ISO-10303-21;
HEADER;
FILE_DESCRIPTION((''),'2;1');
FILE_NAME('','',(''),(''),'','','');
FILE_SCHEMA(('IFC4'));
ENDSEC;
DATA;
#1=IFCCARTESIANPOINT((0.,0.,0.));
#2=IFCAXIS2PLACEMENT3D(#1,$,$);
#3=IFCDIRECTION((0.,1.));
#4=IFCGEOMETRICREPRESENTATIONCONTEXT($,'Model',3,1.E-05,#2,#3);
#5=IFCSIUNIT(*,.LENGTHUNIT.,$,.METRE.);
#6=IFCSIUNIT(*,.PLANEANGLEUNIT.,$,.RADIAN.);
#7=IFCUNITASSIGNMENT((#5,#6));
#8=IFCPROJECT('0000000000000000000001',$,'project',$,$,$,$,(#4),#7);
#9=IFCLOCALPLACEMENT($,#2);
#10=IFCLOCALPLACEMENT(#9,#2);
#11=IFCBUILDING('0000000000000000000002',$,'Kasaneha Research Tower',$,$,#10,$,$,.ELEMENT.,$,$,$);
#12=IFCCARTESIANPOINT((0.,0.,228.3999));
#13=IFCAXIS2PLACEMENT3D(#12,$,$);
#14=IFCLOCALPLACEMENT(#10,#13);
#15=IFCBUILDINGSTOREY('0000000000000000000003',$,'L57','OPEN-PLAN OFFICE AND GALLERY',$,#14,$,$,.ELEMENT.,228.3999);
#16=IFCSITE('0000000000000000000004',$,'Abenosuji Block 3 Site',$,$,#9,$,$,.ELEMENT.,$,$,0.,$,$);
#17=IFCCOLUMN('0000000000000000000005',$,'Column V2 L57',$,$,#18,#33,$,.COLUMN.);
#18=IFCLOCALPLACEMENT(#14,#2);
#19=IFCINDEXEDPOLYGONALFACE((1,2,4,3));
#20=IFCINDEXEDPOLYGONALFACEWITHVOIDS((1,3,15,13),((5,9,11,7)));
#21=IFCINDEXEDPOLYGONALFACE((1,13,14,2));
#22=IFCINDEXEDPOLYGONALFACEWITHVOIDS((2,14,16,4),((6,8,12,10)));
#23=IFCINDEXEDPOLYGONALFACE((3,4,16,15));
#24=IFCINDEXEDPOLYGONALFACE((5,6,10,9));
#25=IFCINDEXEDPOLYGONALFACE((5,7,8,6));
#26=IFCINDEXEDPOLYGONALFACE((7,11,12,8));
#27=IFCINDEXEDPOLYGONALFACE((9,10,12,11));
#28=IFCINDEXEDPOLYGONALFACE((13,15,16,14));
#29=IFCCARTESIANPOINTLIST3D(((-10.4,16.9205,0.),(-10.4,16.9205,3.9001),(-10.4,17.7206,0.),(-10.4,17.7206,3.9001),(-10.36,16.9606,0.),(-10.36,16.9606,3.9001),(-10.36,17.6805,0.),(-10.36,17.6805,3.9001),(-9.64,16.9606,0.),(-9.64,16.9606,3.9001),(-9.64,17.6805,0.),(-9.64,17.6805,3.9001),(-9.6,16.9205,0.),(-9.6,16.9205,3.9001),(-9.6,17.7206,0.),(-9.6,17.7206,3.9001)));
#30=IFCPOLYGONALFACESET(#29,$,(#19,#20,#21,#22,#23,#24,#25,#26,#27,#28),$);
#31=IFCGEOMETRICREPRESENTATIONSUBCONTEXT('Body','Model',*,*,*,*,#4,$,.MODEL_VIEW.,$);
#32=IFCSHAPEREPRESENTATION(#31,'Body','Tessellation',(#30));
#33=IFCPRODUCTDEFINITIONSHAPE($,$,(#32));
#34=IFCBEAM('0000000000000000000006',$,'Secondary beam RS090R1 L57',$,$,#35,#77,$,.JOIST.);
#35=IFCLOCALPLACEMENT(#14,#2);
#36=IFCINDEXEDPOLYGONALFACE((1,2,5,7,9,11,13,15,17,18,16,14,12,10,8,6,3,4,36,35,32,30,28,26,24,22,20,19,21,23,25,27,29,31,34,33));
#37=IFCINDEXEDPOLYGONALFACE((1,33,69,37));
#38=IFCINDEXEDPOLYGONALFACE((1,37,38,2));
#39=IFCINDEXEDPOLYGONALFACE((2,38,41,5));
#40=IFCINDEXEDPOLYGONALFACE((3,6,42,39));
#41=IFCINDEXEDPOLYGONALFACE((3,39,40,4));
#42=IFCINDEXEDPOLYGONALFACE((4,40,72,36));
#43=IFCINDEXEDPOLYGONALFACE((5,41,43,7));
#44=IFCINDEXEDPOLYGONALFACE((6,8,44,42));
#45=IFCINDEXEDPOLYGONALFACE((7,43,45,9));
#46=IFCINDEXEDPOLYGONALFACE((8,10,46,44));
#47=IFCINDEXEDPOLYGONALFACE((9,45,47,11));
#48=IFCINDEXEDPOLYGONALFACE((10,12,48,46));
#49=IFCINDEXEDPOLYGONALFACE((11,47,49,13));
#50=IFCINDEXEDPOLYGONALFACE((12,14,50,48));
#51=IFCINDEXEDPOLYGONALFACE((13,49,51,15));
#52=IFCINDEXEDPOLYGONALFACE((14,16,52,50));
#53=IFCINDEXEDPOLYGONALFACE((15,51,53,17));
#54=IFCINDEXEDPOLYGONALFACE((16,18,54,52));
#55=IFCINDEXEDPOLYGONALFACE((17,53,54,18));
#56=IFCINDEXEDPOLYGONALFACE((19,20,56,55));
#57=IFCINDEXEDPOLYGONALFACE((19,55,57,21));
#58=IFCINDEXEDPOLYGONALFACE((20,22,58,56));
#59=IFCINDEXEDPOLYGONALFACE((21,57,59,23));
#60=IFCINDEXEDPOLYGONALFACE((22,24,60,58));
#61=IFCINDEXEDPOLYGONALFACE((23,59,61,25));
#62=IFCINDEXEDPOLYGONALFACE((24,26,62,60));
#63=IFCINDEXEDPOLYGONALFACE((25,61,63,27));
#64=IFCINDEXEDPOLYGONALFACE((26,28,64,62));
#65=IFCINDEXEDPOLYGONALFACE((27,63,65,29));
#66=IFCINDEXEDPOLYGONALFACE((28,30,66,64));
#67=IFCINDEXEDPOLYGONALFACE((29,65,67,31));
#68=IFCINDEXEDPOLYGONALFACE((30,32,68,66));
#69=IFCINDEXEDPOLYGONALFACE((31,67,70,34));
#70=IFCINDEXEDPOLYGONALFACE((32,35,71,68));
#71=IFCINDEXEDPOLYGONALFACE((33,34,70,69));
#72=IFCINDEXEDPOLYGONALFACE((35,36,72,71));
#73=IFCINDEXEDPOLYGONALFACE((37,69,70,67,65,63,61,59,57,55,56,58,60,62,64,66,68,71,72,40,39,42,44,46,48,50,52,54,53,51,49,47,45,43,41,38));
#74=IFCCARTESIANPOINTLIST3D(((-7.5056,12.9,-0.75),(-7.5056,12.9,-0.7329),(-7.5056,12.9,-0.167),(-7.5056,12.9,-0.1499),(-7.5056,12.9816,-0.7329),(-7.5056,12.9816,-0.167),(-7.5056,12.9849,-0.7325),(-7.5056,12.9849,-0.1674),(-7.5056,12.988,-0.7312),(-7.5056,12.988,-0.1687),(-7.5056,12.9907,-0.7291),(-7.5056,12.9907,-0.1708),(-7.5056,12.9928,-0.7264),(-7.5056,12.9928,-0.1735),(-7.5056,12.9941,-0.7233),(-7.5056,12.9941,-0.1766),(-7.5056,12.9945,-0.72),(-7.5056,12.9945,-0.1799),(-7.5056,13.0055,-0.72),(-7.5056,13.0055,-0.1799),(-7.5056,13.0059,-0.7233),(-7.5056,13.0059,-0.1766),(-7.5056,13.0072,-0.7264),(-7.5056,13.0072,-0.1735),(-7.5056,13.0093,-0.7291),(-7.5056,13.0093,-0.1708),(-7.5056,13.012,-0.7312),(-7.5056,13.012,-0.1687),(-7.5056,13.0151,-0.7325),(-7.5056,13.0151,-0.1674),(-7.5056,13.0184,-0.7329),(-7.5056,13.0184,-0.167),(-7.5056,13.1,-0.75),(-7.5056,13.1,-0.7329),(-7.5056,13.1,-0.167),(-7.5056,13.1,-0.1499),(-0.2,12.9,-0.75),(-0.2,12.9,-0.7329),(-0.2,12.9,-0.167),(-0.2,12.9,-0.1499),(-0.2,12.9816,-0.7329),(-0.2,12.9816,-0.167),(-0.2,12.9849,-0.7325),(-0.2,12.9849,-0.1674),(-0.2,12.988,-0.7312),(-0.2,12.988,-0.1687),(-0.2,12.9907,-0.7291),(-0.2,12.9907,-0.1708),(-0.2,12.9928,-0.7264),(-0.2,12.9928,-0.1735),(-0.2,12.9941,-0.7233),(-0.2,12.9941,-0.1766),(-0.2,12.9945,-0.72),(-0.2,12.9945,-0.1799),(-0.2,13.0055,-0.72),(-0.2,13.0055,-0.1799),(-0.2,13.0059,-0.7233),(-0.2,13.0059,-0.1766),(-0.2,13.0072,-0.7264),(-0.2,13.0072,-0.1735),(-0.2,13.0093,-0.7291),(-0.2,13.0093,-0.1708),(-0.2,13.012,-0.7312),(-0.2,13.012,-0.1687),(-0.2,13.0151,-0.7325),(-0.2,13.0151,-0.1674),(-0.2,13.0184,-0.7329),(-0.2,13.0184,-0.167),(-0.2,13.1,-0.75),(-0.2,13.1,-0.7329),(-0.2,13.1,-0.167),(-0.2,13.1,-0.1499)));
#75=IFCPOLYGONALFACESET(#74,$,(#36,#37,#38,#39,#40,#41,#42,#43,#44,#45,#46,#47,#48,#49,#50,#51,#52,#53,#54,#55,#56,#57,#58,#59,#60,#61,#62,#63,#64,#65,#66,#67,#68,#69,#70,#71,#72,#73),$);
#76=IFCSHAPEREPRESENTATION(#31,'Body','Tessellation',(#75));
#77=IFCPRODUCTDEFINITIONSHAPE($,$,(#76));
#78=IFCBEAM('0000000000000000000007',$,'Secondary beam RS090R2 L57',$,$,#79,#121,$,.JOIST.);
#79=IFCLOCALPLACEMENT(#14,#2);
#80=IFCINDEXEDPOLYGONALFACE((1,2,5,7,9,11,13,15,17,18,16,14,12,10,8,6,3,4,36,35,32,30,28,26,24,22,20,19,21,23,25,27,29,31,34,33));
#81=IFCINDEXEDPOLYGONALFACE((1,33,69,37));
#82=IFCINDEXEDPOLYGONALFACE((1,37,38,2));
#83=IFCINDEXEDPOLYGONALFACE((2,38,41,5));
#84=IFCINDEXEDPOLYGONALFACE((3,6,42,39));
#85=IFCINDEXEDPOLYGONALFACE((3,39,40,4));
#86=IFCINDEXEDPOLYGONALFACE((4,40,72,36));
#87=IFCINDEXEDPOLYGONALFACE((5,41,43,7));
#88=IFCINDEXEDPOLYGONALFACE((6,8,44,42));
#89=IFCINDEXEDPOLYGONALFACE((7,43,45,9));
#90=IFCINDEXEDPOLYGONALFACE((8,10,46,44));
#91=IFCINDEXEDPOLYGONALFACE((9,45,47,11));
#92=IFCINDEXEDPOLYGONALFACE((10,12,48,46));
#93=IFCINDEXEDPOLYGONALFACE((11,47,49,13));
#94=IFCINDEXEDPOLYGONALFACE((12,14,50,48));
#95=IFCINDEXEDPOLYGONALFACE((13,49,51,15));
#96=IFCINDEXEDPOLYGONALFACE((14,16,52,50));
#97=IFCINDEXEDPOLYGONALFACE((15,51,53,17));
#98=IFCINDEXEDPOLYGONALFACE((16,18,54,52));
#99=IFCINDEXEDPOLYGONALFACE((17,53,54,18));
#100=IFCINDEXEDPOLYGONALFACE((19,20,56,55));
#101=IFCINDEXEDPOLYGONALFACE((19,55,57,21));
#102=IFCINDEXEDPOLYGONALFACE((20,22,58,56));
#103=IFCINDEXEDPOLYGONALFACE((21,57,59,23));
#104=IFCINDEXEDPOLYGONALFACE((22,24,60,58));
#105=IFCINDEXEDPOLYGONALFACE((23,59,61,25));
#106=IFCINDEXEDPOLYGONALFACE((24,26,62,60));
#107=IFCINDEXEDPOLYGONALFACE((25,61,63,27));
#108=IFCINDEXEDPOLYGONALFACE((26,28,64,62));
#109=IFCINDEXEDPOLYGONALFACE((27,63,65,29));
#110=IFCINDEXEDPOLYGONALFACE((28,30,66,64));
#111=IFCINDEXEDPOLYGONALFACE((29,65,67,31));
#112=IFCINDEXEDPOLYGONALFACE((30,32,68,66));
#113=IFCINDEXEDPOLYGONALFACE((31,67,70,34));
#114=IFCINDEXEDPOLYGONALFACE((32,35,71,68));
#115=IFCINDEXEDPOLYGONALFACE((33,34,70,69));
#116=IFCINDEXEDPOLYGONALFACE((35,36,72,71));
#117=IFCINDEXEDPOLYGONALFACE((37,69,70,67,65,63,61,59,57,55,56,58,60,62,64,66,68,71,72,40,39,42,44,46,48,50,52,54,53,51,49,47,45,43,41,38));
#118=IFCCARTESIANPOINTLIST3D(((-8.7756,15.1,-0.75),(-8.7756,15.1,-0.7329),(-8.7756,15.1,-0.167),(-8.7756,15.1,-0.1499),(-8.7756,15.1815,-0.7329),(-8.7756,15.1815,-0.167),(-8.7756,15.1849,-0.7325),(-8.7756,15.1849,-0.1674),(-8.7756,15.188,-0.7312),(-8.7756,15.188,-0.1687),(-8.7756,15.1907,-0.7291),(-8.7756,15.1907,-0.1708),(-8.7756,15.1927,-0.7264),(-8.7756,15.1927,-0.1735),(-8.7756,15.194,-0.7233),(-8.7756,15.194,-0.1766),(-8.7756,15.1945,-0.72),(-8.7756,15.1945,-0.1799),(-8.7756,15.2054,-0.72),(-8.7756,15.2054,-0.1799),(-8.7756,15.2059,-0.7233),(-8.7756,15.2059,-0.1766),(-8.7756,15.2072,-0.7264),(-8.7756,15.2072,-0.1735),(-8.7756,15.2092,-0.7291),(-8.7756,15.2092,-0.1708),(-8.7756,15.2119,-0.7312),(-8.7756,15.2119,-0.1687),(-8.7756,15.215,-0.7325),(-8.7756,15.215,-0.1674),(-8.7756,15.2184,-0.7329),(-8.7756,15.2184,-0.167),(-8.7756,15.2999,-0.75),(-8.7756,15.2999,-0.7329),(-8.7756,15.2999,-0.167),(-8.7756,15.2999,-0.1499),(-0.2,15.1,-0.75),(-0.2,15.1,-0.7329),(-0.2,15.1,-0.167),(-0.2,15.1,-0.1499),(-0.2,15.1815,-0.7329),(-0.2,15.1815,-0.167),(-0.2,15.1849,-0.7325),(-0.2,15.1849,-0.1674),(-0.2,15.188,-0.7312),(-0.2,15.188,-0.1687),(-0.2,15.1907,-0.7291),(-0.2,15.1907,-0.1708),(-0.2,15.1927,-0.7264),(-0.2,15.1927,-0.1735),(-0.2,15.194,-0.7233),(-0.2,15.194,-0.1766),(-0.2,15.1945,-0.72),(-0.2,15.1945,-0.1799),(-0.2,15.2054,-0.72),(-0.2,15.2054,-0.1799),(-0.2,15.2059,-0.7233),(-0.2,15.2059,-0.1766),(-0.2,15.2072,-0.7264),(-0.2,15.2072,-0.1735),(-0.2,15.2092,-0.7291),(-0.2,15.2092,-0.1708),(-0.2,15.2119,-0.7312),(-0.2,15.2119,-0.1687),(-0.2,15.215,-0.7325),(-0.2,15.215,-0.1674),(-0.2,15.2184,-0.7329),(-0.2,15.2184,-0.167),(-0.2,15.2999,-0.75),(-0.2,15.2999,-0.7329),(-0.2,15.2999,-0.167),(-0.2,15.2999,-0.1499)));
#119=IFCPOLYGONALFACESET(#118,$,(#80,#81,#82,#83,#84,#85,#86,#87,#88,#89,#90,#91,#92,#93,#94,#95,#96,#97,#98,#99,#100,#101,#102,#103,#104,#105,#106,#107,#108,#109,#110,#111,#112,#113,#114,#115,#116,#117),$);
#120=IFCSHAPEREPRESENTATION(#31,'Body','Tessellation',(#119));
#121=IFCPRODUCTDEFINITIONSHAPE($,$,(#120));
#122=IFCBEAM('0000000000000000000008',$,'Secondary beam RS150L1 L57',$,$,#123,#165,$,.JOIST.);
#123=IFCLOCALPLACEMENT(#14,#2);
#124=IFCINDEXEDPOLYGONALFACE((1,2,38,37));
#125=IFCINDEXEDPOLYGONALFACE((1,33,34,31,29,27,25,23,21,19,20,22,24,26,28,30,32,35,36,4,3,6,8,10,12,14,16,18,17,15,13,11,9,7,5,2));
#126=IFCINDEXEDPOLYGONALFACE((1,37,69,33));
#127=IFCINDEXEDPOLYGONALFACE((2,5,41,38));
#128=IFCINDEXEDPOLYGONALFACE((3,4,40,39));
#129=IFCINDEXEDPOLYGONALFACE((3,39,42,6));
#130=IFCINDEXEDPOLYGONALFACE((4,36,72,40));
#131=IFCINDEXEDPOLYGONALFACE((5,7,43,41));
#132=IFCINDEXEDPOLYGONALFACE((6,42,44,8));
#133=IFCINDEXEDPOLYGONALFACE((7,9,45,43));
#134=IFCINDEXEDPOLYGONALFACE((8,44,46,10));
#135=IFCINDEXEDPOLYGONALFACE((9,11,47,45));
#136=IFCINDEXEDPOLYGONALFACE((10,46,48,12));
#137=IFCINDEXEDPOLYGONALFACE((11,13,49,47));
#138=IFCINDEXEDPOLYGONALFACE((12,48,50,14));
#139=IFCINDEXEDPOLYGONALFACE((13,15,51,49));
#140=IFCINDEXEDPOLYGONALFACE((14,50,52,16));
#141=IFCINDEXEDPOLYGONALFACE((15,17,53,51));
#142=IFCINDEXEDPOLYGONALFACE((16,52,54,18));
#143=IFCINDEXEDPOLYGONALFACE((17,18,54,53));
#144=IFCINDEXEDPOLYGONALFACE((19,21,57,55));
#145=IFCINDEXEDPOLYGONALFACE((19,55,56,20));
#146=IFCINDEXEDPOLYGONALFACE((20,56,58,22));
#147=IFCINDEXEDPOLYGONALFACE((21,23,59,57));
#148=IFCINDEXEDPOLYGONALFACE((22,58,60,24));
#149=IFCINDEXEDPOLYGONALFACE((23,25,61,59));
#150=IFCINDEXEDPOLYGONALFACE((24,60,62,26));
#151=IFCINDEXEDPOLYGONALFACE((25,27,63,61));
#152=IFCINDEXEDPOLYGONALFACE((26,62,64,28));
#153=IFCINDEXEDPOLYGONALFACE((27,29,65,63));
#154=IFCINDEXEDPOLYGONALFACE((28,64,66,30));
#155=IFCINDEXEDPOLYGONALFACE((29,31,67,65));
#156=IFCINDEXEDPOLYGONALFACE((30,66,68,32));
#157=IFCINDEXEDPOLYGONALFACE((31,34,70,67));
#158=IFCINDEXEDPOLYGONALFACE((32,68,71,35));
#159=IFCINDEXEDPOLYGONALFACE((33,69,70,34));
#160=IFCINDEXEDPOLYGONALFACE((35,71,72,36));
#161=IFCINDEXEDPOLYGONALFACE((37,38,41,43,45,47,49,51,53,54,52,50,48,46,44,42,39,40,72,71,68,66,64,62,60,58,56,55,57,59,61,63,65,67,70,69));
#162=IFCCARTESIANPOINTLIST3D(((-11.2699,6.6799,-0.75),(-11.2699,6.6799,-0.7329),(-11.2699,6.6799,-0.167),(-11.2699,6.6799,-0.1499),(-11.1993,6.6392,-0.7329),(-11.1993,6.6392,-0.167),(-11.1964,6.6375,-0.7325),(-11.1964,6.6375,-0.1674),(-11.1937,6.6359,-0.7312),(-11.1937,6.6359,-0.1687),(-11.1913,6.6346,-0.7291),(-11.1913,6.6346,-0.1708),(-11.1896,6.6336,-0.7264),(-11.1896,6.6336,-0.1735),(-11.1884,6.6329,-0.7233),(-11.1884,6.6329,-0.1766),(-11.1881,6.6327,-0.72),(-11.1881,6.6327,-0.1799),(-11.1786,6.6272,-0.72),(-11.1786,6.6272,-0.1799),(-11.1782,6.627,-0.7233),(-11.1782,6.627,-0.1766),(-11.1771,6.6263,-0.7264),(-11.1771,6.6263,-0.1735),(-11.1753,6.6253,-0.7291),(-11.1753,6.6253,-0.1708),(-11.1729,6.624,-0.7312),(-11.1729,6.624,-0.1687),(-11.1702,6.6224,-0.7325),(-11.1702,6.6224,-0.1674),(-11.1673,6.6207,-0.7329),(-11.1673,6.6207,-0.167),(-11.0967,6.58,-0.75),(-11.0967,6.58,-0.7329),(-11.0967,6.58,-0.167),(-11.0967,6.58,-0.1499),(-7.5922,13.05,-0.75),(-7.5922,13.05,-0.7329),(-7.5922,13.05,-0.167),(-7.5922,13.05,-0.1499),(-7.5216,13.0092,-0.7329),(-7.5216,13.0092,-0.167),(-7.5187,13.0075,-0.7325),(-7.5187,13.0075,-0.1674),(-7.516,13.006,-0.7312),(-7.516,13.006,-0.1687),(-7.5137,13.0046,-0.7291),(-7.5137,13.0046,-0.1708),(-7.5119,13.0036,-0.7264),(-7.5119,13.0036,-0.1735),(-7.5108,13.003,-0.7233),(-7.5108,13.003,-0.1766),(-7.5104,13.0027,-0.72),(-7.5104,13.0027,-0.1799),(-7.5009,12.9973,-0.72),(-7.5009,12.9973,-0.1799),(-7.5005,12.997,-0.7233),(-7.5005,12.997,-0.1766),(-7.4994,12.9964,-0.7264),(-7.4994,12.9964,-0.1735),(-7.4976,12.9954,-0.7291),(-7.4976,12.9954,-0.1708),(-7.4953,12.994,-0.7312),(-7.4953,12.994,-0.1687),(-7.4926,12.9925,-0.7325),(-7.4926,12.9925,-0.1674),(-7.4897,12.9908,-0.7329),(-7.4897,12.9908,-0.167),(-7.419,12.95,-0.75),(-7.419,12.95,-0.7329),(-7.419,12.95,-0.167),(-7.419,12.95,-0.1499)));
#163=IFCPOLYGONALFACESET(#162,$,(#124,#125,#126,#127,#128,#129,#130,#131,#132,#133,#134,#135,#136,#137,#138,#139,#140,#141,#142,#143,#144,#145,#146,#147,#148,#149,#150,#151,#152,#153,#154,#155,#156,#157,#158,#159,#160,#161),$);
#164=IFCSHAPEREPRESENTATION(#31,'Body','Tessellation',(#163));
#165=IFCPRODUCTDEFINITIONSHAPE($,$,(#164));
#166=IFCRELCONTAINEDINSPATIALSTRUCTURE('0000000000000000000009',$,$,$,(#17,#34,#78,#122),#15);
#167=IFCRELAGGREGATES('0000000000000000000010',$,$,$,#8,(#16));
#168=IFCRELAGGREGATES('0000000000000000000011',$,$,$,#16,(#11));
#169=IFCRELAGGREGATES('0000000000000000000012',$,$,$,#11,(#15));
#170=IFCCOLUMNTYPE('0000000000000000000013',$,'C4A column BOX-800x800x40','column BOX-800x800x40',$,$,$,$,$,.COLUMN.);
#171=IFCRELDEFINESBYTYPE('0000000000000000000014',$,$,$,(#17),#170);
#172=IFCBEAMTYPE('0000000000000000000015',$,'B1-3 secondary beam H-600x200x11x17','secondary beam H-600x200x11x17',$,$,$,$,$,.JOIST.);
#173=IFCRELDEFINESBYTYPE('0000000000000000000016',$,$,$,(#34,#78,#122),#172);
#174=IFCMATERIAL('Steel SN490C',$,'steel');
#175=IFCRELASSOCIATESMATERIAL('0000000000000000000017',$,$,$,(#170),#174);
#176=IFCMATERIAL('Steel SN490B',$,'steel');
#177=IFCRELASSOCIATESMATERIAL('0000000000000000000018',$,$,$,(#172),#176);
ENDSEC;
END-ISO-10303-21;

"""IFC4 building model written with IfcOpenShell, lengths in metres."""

from ifc_helpers import new_model, si_unit, direction, frame, origin, origin_2d, place, context, subcontext, project, spatial, hollow_rectangle, i_section, extrude, material, material_profile, profile_set, type_object, element, save


model = new_model("IFC4")

# Units and contexts
model_context = context("Model", 3, precision=1e-05, world=origin(), true_north=direction((0.0, 1.0)))
body_context = subcontext(model_context, "Body", "Model", "MODEL_VIEW")
ifc_project = project(units=[si_unit("LENGTHUNIT", "METRE"), si_unit("PLANEANGLEUNIT", "RADIAN")], contexts=[model_context])

# Site, building, storey
site_placement = place(None, origin())
site = spatial("IfcSite", under=ifc_project, at=site_placement, Name="Abenosuji Block 3 Site", CompositionType="ELEMENT", RefElevation=0.0)
building_placement = place(site_placement, origin())
building = spatial("IfcBuilding", under=site, at=building_placement, Name="Kasaneha Research Tower", CompositionType="ELEMENT")
storey_placement = place(building_placement, frame((0.0, 0.0, 228.3999)))
storey = spatial("IfcBuildingStorey", under=building, at=storey_placement, Name="L57", Description="OPEN-PLAN OFFICE AND GALLERY", CompositionType="ELEMENT", Elevation=228.3999)

# Column
ifc_material_1 = material(Name="Steel SN490C", Category="steel")
ifc_material_profile_1 = material_profile(ifc_material_1, hollow_rectangle(XDim=0.8, YDim=0.8, WallThickness=0.04, at=origin_2d()), Name="BOX-800x800x40")
ifc_profile_set_1 = profile_set([ifc_material_profile_1], Name="Steel SN490C")
column_type = type_object("IfcColumnType", Name="C4A column BOX-800x800x40", Description="column BOX-800x800x40", PredefinedType="COLUMN", material=ifc_profile_set_1)
column_placement = place(storey_placement, frame((-10.0, 17.3206, 0.0), z_axis=(0.0, 0.0, 1.0), x_axis=(1.0, 0.0, 0.0)))
element("IfcColumn", 1, at=column_placement, inside=storey, type_object=column_type, Name="Column V2 L57", PredefinedType="COLUMN", context=body_context, shape_type="SweptSolid", body=[
    extrude(hollow_rectangle(XDim=0.8, YDim=0.8, WallThickness=0.04, at=origin_2d()), origin(), (0.0, 0.0, 1.0), 3.9001),
])

# Beams
ifc_material_2 = material(Name="Steel SN490B", Category="steel")
ifc_material_profile_2 = material_profile(ifc_material_2, i_section(OverallWidth=0.2, OverallDepth=0.6001, WebThickness=0.011, FlangeThickness=0.0171, FilletRadius=0.0129, at=origin_2d()), Name="H-600x200x11x17")
ifc_profile_set_2 = profile_set([ifc_material_profile_2], Name="Steel SN490B")
beam_type_1 = type_object("IfcBeamType", Name="B1-3 secondary beam H-600x200x11x17", Description="secondary beam H-600x200x11x17", PredefinedType="JOIST", material=ifc_profile_set_2)
beam_1_placement = place(storey_placement, frame((-7.5056, 13.0, -0.45), z_axis=(1.0, 0.0, 0.0), x_axis=(0.0, 1.0, 0.0)))
element("IfcBeam", 2, at=beam_1_placement, inside=storey, type_object=beam_type_1, Name="Secondary beam RS090R1 L57", PredefinedType="JOIST", context=body_context, shape_type="SweptSolid", body=[
    extrude(i_section(OverallWidth=0.2, OverallDepth=0.6001, WebThickness=0.011, FlangeThickness=0.0171, FilletRadius=0.0129, at=origin_2d()), origin(), (0.0, 0.0, 1.0), 7.3057),
])
beam_2_placement = place(storey_placement, frame((-8.7756, 15.2, -0.45), z_axis=(1.0, 0.0, 0.0), x_axis=(0.0, 1.0, 0.0)))
element("IfcBeam", 3, at=beam_2_placement, inside=storey, type_object=beam_type_1, Name="Secondary beam RS090R2 L57", PredefinedType="JOIST", context=body_context, shape_type="SweptSolid", body=[
    extrude(i_section(OverallWidth=0.2, OverallDepth=0.6001, WebThickness=0.011, FlangeThickness=0.0171, FilletRadius=0.0129, at=origin_2d()), origin(), (0.0, 0.0, 1.0), 8.5757),
])
beam_3_placement = place(storey_placement, frame((-7.5056, 13.0, -0.45), z_axis=(-0.499994, -0.866029, 0.0), x_axis=(0.866029, -0.499994, 0.0)))
element("IfcBeam", 4, at=beam_3_placement, inside=storey, type_object=beam_type_1, Name="Secondary beam RS150L1 L57", PredefinedType="JOIST", context=body_context, shape_type="SweptSolid", body=[
    extrude(i_section(OverallWidth=0.2, OverallDepth=0.6001, WebThickness=0.011, FlangeThickness=0.0171, FilletRadius=0.0129, at=origin_2d()), origin(), (0.0, 0.0, 1.0), 7.3555),
])

save(model, "model.ifc")
